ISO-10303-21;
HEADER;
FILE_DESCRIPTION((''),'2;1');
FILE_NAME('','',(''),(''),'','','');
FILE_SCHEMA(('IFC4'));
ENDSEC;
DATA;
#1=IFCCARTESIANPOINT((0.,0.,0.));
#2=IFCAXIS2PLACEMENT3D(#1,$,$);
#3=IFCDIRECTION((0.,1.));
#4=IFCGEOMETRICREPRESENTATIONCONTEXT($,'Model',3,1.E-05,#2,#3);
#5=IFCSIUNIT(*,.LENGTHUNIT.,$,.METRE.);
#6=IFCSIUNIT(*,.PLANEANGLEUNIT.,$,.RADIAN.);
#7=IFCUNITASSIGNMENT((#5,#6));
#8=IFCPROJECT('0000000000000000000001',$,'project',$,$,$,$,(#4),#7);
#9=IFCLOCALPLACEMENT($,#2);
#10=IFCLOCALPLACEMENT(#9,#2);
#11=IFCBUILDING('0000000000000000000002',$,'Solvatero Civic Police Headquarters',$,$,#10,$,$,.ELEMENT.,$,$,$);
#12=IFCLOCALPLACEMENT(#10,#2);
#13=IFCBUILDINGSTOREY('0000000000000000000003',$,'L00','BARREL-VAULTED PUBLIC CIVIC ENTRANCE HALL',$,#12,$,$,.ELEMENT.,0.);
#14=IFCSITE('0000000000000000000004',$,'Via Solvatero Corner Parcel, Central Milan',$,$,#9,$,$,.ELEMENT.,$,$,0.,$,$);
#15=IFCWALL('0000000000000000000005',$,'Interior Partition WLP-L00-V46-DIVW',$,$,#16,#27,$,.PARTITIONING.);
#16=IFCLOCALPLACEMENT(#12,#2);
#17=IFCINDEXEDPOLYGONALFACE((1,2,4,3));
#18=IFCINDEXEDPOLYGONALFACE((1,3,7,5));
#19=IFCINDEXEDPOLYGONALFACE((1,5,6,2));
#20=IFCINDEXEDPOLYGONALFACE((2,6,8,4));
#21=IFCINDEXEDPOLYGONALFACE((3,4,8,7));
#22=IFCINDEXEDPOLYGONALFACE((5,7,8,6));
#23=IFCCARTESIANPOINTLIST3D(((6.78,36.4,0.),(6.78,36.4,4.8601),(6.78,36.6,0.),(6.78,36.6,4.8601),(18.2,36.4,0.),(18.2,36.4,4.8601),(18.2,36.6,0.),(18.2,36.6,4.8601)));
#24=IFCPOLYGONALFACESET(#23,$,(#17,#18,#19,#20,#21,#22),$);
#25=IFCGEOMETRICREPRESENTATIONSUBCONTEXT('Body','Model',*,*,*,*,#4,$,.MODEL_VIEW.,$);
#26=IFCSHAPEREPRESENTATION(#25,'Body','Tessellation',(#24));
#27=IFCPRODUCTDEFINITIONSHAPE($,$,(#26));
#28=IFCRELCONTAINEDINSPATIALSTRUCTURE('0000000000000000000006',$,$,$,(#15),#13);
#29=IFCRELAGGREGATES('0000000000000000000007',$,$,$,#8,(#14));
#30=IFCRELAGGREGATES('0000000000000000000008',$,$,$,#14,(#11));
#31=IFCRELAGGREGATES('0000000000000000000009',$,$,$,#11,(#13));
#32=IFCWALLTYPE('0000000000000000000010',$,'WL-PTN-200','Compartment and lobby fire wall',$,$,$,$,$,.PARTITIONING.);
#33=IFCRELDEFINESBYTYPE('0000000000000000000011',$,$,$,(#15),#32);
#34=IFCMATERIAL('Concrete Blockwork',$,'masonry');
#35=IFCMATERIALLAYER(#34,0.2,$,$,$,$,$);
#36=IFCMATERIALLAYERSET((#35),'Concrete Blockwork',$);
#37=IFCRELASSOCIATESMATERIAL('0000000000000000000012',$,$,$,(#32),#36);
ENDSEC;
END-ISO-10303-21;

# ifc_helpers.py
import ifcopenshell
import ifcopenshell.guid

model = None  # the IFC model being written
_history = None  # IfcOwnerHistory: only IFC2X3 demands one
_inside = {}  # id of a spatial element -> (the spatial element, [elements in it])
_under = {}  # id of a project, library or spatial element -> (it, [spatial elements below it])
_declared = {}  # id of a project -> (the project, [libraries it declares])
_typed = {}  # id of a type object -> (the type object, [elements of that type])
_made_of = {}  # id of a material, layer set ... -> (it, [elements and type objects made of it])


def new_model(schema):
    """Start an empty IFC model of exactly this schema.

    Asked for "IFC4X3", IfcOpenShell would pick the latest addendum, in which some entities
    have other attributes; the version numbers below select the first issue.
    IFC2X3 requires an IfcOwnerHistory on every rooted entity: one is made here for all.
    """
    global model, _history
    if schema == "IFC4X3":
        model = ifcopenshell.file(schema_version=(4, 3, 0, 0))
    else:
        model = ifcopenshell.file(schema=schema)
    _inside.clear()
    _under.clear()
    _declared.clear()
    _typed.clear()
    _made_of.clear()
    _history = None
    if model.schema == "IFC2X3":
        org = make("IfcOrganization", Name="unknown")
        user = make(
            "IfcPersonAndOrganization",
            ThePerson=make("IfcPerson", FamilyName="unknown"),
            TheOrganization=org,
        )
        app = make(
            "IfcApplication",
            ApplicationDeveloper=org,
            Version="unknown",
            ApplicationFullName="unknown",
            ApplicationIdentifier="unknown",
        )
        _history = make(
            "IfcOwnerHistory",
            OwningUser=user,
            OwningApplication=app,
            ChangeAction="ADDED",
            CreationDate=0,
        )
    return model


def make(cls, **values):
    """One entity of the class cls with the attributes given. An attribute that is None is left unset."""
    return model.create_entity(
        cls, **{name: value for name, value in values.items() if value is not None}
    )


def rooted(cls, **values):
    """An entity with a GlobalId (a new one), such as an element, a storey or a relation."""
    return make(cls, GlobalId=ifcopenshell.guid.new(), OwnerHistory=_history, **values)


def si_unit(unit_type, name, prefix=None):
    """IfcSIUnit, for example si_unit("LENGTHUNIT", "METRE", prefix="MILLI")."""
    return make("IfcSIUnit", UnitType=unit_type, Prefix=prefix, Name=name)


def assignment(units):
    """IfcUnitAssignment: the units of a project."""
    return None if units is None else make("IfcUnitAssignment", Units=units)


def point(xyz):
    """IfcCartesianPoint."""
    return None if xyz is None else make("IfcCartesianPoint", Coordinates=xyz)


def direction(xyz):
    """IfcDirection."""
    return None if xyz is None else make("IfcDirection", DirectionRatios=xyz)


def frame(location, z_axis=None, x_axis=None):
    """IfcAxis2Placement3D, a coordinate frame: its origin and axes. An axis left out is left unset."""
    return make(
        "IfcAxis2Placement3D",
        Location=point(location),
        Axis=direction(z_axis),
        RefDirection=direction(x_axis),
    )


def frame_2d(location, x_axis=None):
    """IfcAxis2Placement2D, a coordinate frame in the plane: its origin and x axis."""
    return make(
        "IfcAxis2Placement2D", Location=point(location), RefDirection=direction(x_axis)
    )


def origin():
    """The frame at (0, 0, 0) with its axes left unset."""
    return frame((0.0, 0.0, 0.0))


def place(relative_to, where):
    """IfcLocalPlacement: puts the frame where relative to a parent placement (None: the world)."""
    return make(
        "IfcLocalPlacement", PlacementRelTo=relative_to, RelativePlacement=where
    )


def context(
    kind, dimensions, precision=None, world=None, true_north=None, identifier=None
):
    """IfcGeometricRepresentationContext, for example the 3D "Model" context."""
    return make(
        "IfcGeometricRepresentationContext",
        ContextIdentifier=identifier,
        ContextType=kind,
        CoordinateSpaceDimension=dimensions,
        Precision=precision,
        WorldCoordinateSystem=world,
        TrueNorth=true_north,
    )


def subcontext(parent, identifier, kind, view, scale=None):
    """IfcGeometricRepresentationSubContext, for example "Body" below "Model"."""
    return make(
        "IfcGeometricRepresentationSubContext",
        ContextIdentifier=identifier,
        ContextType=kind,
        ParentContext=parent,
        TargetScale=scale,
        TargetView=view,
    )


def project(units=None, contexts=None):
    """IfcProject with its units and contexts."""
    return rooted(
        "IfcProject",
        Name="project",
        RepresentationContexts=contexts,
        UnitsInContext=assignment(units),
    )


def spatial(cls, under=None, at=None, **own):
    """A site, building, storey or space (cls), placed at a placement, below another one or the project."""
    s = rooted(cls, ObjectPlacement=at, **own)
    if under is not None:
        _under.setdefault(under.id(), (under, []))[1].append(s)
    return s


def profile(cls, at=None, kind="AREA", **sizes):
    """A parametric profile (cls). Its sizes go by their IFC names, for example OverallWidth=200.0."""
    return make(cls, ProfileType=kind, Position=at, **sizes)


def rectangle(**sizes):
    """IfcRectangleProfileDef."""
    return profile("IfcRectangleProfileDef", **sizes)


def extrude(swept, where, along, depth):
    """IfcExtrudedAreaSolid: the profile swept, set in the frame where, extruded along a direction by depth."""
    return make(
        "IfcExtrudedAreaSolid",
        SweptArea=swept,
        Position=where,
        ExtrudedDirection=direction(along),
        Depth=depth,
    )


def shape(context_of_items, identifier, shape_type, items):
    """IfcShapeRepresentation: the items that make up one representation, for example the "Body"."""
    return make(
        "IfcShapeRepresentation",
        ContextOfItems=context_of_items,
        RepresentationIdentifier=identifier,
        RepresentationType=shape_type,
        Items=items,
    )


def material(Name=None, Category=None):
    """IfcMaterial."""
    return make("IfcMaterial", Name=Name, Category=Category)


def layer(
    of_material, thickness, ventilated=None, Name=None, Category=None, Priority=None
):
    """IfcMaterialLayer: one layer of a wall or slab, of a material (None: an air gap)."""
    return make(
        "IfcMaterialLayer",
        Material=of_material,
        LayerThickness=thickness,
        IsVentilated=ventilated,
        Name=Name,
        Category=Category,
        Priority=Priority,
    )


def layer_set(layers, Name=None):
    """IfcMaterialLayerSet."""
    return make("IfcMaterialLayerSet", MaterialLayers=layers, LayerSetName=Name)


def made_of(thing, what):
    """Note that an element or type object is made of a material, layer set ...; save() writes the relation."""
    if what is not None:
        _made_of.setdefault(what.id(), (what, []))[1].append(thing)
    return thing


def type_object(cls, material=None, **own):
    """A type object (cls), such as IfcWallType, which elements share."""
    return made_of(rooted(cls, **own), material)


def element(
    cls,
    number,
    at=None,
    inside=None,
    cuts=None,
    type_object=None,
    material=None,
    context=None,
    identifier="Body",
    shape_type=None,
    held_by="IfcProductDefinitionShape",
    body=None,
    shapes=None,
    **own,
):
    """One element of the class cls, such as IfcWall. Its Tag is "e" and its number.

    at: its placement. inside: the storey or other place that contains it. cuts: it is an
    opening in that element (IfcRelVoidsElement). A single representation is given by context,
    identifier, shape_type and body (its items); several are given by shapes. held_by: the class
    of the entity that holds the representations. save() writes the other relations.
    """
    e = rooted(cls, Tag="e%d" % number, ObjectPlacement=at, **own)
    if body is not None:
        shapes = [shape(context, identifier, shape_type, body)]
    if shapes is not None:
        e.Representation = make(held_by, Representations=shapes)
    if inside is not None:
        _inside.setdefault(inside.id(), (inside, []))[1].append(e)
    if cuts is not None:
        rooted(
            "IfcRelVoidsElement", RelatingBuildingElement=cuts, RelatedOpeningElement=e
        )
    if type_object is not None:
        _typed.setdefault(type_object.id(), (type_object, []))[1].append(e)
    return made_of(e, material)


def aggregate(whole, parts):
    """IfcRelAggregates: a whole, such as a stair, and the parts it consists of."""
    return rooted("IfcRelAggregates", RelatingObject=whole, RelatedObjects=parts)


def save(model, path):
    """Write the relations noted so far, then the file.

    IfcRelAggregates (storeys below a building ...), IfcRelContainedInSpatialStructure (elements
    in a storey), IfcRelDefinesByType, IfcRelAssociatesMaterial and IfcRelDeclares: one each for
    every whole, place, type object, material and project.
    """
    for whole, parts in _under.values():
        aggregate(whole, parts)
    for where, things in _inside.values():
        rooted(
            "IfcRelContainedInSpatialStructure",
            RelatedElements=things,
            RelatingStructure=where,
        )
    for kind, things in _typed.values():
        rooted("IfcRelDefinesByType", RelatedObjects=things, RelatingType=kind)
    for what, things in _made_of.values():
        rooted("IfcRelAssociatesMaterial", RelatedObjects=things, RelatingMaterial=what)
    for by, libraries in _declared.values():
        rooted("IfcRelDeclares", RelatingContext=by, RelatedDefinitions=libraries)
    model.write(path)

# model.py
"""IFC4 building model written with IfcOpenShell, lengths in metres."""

from ifc_helpers import new_model, si_unit, direction, frame, frame_2d, origin, place, context, subcontext, project, spatial, rectangle, extrude, material, layer, layer_set, type_object, element, save


model = new_model("IFC4")

# Units and contexts
model_context = context("Model", 3, precision=1e-05, world=origin(), true_north=direction((0.0, 1.0)))
body_context = subcontext(model_context, "Body", "Model", "MODEL_VIEW")
ifc_project = project(units=[si_unit("LENGTHUNIT", "METRE"), si_unit("PLANEANGLEUNIT", "RADIAN")], contexts=[model_context])

# Site, building, storey
site_placement = place(None, origin())
site = spatial("IfcSite", under=ifc_project, at=site_placement, Name="Via Solvatero Corner Parcel, Central Milan", CompositionType="ELEMENT", RefElevation=0.0)
building_placement = place(site_placement, origin())
building = spatial("IfcBuilding", under=site, at=building_placement, Name="Solvatero Civic Police Headquarters", CompositionType="ELEMENT")
storey_placement = place(building_placement, origin())
storey = spatial("IfcBuildingStorey", under=building, at=storey_placement, Name="L00", Description="BARREL-VAULTED PUBLIC CIVIC ENTRANCE HALL", CompositionType="ELEMENT", Elevation=0.0)

# Wall
ifc_material_1 = material(Name="Concrete Blockwork", Category="masonry")
ifc_layer_1 = layer(ifc_material_1, 0.2)
ifc_layer_set_1 = layer_set([ifc_layer_1], Name="Concrete Blockwork")
wall_type_1 = type_object("IfcWallType", Name="WL-PTN-200", Description="Compartment and lobby fire wall", PredefinedType="PARTITIONING", material=ifc_layer_set_1)
wall_1_placement = place(storey_placement, frame((6.78, 36.5, 0.0), z_axis=(0.0, 0.0, 1.0), x_axis=(1.0, 0.0, 0.0)))
element("IfcWall", 1, at=wall_1_placement, inside=storey, type_object=wall_type_1, Name="Interior Partition WLP-L00-V46-DIVW", PredefinedType="PARTITIONING", context=body_context, shape_type="SweptSolid", body=[
    extrude(rectangle(XDim=11.4199, YDim=0.2, at=frame_2d((5.71, 0.0))), origin(), (0.0, 0.0, 1.0), 4.8601),
])

save(model, "model.ifc")
